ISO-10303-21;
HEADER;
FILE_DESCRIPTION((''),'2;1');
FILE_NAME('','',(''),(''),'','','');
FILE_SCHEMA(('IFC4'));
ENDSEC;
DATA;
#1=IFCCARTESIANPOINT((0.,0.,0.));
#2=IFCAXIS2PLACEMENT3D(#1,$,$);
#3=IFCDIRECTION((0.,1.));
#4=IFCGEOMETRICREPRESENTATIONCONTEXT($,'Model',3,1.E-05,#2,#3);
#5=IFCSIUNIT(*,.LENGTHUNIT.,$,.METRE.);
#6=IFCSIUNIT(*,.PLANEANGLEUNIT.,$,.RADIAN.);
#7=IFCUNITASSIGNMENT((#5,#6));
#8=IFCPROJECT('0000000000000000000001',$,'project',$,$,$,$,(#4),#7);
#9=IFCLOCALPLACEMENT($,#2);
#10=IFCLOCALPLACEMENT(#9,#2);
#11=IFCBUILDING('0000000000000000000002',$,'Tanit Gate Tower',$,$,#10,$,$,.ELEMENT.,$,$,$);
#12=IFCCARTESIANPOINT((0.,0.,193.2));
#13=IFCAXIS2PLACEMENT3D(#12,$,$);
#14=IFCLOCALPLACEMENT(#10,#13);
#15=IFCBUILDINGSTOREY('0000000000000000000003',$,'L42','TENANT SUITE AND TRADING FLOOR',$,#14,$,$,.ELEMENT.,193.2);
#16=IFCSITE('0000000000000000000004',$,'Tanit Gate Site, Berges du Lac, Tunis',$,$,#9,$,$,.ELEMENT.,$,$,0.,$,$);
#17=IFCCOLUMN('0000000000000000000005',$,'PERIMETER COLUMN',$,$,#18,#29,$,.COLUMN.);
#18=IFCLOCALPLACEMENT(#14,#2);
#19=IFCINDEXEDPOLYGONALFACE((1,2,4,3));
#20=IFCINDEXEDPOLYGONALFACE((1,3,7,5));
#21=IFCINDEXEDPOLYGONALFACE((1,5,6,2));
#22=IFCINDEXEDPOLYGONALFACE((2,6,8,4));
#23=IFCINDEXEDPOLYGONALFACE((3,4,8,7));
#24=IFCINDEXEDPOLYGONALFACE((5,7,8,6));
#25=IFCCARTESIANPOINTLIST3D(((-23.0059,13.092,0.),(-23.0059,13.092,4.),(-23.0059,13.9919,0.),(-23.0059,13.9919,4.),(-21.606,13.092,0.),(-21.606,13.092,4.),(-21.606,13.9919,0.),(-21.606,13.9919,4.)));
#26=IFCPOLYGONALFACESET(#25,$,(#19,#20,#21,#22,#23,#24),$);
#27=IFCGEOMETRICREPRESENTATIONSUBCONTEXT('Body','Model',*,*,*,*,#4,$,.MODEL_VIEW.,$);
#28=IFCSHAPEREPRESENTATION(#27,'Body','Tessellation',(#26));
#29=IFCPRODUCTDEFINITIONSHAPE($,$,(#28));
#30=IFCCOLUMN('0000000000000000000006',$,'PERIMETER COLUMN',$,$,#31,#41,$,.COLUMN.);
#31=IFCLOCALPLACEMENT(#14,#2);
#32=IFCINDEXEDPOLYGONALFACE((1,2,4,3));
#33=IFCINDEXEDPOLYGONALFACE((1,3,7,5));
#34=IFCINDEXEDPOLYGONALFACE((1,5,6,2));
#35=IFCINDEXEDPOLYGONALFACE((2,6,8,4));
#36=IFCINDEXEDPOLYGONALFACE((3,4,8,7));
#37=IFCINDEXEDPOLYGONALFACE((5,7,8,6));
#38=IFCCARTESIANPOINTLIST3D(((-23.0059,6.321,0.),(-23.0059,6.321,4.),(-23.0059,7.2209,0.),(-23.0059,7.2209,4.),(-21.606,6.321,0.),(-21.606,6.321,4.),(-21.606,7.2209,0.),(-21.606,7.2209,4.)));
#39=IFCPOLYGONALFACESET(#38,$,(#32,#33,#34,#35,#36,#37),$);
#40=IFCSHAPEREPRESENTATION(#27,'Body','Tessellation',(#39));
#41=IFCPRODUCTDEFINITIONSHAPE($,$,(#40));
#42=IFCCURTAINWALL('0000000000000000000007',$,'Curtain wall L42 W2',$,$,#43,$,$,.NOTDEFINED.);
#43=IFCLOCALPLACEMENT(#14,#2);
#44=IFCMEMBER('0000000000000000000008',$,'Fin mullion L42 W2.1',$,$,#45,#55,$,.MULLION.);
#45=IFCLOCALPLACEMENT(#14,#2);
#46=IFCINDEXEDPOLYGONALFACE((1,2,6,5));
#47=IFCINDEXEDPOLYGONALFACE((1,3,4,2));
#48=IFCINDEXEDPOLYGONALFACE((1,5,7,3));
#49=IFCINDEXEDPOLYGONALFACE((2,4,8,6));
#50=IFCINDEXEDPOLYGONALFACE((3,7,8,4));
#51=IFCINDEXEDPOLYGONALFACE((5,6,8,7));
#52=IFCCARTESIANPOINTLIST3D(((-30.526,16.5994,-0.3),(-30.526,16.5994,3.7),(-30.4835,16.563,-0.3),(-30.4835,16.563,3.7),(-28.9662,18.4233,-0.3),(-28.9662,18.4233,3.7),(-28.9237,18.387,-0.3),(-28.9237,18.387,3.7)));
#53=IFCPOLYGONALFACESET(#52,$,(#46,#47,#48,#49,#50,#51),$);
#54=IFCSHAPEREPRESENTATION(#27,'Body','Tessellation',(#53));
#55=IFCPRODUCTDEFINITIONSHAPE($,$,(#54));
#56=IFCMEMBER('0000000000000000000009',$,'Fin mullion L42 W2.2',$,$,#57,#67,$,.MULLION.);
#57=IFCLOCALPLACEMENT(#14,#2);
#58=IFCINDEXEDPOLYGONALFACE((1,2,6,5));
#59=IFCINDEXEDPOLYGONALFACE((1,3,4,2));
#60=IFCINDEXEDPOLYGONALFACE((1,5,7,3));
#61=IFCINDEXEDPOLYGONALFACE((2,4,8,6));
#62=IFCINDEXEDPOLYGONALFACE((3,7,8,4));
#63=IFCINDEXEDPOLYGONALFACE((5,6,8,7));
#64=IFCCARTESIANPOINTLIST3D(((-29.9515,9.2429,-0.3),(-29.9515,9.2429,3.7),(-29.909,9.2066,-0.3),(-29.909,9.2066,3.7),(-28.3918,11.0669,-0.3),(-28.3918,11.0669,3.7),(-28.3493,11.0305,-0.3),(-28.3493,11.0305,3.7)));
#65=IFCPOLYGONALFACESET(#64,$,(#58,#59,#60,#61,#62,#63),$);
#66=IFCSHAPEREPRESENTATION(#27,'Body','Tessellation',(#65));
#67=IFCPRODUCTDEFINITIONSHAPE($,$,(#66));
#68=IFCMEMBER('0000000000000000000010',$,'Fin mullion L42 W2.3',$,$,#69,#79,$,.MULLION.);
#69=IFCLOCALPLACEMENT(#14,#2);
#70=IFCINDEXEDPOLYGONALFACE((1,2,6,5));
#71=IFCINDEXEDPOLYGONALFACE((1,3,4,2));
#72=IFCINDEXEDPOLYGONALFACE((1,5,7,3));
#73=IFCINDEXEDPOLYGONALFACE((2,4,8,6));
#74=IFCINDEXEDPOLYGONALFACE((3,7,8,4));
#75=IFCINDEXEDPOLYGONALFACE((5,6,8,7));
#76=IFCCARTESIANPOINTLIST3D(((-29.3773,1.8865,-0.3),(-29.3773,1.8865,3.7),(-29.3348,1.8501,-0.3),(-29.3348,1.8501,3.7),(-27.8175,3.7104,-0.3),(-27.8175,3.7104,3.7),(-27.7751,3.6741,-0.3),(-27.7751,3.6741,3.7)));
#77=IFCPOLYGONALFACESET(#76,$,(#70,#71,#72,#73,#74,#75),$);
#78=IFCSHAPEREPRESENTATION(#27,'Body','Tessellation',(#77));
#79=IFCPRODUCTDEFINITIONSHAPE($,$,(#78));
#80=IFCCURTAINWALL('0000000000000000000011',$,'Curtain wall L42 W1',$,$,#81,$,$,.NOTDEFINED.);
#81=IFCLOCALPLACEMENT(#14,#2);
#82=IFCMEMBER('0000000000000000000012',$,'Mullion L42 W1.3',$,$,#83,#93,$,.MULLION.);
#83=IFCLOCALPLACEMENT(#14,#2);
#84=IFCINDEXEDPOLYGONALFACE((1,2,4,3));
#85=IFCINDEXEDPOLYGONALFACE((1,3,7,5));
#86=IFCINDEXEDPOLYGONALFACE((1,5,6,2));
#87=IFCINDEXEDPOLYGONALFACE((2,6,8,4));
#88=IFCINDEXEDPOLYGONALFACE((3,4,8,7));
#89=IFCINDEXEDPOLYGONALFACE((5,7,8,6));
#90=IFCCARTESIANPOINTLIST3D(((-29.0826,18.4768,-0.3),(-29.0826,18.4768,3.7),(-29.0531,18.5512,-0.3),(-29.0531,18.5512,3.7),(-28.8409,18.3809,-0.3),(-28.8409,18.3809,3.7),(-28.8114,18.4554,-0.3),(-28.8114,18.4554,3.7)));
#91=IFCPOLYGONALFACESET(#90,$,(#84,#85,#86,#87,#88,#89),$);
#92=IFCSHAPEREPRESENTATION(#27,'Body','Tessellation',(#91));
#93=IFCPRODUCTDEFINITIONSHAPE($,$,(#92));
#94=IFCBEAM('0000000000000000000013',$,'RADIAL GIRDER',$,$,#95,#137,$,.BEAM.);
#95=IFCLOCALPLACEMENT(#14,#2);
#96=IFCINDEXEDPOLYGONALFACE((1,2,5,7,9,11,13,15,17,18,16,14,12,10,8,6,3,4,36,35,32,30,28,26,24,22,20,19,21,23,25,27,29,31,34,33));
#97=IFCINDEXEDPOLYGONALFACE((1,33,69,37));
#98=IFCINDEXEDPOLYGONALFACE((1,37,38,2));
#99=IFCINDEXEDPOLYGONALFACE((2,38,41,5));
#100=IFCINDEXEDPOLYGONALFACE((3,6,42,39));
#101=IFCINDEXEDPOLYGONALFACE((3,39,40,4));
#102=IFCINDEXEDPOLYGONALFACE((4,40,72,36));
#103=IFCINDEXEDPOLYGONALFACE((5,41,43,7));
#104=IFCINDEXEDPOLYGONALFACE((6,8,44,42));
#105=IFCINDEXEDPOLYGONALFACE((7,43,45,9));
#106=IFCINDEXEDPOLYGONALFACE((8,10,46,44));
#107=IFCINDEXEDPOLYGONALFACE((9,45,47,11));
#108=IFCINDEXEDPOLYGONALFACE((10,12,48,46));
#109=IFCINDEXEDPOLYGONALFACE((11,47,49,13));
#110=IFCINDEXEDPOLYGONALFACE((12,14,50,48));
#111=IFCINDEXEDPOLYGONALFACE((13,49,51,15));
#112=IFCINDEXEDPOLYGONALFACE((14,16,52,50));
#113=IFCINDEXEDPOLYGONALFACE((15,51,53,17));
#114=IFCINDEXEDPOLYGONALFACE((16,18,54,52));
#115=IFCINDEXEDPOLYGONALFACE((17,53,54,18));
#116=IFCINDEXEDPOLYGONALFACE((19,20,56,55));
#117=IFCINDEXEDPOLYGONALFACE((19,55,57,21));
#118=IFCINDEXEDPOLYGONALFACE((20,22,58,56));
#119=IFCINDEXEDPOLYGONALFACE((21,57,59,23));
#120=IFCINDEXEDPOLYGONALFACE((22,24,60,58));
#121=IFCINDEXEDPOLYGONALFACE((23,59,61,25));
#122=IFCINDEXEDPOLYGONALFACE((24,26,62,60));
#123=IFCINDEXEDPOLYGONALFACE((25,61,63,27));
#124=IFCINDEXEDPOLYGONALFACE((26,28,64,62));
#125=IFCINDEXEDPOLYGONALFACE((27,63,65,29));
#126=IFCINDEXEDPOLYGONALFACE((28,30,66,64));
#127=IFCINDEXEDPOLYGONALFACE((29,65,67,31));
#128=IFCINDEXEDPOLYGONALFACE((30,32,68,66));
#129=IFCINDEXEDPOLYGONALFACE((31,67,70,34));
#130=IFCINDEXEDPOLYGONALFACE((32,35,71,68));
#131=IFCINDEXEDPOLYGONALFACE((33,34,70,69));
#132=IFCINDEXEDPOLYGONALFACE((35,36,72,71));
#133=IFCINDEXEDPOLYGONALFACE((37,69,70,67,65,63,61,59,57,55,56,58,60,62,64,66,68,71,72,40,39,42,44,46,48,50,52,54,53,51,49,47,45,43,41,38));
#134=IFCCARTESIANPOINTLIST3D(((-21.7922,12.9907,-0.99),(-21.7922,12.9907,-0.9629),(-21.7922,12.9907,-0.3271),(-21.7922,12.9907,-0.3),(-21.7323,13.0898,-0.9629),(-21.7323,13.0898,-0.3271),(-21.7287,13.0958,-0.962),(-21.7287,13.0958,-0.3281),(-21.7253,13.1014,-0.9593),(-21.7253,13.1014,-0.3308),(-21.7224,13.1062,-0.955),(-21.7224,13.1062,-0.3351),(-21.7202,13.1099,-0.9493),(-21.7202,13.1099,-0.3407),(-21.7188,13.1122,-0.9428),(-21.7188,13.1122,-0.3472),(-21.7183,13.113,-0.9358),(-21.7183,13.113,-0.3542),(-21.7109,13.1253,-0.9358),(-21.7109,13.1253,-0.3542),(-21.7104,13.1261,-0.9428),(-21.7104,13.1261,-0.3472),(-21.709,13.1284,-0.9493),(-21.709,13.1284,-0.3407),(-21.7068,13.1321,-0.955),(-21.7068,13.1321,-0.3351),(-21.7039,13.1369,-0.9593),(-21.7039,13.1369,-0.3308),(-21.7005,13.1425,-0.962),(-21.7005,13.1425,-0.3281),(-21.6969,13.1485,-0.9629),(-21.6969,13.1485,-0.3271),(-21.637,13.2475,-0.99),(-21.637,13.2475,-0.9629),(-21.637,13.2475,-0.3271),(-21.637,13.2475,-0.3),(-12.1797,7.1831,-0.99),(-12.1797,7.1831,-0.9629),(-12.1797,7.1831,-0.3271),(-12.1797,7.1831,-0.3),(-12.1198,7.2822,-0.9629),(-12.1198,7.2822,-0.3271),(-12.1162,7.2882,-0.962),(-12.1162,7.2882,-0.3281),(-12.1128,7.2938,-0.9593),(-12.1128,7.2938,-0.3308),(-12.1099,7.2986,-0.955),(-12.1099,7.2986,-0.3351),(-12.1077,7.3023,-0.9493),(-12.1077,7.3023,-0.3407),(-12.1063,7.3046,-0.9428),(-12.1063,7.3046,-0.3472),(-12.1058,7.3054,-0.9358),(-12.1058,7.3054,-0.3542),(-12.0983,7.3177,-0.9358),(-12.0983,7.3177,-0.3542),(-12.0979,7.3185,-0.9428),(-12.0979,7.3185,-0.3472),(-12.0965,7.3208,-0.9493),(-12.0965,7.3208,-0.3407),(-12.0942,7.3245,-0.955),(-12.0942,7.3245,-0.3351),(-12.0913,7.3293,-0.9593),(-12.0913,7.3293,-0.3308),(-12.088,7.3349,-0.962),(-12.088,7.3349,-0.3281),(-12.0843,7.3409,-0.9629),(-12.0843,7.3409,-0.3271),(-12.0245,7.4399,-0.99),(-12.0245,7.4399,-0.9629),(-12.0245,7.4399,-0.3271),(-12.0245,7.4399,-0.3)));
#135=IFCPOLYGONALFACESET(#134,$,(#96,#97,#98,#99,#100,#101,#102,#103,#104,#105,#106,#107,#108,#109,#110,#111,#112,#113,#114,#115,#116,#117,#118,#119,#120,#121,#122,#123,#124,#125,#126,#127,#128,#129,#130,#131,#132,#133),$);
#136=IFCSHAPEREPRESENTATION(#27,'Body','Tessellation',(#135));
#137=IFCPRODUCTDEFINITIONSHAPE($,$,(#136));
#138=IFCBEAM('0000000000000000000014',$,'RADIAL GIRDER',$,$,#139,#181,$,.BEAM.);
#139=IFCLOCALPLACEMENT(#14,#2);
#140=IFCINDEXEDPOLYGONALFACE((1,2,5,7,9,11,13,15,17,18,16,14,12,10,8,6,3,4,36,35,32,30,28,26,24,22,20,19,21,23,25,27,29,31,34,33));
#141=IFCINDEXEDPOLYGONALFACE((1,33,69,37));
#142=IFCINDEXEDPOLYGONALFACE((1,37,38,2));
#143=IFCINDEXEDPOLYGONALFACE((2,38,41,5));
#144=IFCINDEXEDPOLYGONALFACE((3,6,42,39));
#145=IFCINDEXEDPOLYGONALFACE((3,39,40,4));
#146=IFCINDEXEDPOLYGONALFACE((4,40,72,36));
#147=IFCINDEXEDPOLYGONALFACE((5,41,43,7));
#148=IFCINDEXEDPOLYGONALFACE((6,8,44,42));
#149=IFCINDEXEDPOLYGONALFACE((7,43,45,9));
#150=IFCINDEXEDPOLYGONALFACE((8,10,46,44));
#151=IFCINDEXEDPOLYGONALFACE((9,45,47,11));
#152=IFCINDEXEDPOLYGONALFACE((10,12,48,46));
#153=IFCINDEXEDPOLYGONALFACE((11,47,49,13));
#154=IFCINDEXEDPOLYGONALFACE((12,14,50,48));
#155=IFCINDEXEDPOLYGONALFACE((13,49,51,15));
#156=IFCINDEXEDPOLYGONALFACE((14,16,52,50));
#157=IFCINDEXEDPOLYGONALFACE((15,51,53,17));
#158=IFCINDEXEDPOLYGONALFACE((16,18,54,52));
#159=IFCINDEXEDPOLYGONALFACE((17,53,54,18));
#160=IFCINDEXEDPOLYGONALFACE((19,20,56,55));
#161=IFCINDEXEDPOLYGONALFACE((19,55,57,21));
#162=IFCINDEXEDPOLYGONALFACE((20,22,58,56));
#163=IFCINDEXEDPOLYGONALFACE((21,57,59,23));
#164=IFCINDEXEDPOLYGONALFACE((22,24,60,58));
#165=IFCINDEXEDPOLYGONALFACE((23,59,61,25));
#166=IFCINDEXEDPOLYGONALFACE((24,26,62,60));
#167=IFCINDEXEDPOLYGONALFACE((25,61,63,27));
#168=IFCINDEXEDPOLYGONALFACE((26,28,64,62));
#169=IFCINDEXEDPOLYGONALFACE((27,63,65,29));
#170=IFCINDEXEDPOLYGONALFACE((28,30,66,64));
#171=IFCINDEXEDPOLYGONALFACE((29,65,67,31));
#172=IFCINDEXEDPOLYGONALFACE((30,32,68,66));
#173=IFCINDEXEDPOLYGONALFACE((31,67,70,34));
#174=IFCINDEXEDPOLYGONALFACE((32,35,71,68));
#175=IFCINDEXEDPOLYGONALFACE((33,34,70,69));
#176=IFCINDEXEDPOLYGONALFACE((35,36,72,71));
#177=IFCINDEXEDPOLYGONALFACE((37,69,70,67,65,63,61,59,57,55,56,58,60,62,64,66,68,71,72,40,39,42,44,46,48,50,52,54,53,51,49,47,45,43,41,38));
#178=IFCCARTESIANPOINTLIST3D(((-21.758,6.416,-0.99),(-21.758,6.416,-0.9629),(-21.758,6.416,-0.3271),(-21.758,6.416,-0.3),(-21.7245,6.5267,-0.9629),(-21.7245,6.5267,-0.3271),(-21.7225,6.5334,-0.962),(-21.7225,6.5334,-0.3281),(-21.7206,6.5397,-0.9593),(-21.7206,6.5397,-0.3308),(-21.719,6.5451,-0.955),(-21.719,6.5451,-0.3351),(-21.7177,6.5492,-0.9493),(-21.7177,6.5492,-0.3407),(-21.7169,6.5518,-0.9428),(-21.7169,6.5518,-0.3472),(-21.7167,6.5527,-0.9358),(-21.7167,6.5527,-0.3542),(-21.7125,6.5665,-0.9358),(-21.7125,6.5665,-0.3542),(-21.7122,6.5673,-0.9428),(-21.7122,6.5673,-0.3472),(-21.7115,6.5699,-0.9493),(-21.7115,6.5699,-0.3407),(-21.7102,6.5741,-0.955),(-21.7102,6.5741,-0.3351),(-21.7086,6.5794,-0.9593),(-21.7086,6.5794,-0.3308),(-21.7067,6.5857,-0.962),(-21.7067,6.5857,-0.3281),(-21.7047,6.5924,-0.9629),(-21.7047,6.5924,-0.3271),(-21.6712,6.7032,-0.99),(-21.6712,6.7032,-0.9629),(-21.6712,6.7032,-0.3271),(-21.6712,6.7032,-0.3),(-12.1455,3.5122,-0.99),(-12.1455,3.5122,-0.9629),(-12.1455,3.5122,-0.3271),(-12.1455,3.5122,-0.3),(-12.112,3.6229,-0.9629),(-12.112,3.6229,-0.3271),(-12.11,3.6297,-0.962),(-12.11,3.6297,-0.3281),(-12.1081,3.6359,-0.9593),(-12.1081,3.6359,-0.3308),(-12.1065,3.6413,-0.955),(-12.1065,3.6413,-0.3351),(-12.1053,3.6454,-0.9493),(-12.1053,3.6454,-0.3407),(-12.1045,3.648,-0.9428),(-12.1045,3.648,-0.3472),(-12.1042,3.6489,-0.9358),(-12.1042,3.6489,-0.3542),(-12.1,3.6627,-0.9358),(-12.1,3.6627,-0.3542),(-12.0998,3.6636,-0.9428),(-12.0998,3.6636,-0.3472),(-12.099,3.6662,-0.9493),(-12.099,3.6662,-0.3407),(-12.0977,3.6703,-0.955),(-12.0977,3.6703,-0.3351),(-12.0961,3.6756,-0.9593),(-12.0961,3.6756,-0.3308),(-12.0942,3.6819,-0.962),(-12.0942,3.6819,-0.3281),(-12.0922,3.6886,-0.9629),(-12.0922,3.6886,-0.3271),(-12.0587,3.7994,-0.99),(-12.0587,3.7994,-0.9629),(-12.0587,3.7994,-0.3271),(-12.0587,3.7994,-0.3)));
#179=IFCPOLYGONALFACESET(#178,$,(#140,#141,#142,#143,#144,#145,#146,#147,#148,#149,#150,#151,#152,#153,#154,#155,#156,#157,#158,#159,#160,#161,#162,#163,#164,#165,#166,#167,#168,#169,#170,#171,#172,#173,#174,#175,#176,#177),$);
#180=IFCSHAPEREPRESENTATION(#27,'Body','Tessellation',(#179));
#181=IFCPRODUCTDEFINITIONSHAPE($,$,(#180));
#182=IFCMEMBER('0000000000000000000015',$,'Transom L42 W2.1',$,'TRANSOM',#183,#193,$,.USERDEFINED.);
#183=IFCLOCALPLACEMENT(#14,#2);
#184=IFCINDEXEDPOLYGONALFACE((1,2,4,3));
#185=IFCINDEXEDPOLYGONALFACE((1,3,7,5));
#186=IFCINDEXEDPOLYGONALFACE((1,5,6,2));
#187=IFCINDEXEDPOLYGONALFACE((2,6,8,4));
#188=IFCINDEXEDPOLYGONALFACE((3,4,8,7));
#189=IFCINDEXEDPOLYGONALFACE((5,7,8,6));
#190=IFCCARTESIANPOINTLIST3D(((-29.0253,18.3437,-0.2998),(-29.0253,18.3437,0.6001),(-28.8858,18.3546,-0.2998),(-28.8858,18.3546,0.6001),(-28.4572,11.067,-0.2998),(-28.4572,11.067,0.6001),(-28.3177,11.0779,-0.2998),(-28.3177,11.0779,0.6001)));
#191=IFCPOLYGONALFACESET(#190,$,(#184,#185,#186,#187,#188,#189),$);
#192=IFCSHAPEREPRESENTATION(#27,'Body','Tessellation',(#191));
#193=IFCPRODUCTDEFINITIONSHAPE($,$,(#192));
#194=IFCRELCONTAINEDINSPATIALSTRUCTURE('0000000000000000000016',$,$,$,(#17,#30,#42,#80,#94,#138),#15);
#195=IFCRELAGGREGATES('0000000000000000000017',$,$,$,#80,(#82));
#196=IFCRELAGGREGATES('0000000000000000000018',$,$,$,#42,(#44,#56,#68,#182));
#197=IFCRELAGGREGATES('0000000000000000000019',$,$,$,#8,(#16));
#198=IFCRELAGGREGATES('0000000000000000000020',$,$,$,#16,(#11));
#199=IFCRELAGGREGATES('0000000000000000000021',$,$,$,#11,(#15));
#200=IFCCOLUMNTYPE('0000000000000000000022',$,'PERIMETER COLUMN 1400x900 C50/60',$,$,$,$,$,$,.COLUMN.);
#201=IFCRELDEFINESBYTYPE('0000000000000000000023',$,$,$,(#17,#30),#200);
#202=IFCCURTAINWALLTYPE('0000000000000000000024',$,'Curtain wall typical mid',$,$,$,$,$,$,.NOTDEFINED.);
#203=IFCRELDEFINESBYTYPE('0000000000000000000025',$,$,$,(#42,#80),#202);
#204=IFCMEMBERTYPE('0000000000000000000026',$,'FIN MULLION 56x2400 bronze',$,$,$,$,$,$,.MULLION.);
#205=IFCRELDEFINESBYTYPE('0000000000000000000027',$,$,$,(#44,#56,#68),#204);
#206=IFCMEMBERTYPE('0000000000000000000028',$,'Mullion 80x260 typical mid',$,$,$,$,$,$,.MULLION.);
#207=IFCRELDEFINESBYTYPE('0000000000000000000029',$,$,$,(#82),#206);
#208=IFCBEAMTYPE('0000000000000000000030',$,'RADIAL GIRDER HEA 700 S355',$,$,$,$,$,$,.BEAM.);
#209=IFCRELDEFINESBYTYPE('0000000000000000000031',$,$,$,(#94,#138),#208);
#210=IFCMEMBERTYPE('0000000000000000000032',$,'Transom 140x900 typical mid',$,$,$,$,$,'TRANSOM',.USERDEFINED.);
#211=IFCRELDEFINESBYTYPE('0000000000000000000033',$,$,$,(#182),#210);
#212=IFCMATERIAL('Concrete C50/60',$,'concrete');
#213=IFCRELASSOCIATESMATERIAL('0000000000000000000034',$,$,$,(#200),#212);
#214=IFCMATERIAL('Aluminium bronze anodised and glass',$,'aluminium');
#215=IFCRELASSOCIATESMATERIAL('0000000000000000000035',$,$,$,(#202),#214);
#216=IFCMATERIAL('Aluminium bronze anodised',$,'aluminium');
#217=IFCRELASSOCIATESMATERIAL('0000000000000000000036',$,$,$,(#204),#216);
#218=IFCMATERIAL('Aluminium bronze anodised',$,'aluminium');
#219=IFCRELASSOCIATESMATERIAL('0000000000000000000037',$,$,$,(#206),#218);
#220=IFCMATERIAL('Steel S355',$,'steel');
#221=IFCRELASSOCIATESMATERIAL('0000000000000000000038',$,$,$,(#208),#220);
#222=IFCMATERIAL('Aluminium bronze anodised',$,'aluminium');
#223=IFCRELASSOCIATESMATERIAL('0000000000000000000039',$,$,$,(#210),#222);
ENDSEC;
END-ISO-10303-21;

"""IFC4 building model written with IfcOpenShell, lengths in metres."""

from ifc_helpers import new_model, si_unit, direction, frame, origin, origin_2d, place, context, subcontext, project, spatial, rectangle, i_section, extrude, material, material_profile, profile_set, type_object, element, aggregate, save


model = new_model("IFC4")

# Units and contexts
model_context = context("Model", 3, precision=1e-05, world=origin(), true_north=direction((0.0, 1.0)))
body_context = subcontext(model_context, "Body", "Model", "MODEL_VIEW")
ifc_project = project(units=[si_unit("LENGTHUNIT", "METRE"), si_unit("PLANEANGLEUNIT", "RADIAN")], contexts=[model_context])

# Site, building, storey
site_placement = place(None, origin())
site = spatial("IfcSite", under=ifc_project, at=site_placement, Name="Tanit Gate Site, Berges du Lac, Tunis", CompositionType="ELEMENT", RefElevation=0.0)
building_placement = place(site_placement, origin())
building = spatial("IfcBuilding", under=site, at=building_placement, Name="Tanit Gate Tower", CompositionType="ELEMENT")
storey_placement = place(building_placement, frame((0.0, 0.0, 193.2)))
storey = spatial("IfcBuildingStorey", under=building, at=storey_placement, Name="L42", Description="TENANT SUITE AND TRADING FLOOR", CompositionType="ELEMENT", Elevation=193.2)

# Columns
ifc_material_1 = material(Name="Concrete C50/60", Category="concrete")
ifc_material_profile_1 = material_profile(ifc_material_1, rectangle(XDim=1.3999, YDim=0.8999, at=origin_2d()), Name="RC 1400x900")
ifc_profile_set_1 = profile_set([ifc_material_profile_1], Name="Concrete C50/60")
column_type = type_object("IfcColumnType", Name="PERIMETER COLUMN 1400x900 C50/60", PredefinedType="COLUMN", material=ifc_profile_set_1)
for number, where, z_axis, x_axis, name in (
    (1, (-22.3059, 13.542, 0.0), (0.0, 0.0, 1.0), (-1.0, 0.0, 0.0), "PERIMETER COLUMN"),
    (2, (-22.3059, 6.771, 0.0), (0.0, 0.0, 1.0), (-1.0, 0.0, 0.0), "PERIMETER COLUMN"),
):
    element("IfcColumn", number, at=place(storey_placement, frame(where, z_axis=z_axis, x_axis=x_axis)), inside=storey, type_object=column_type, Name=name, PredefinedType="COLUMN", context=body_context, shape_type="SweptSolid", body=[
        extrude(rectangle(XDim=1.3999, YDim=0.8999, at=origin_2d()), origin(), (0.0, 0.0, 1.0), 4.0),
    ])

# Curtain wall, members
ifc_material_2 = material(Name="Aluminium bronze anodised and glass", Category="aluminium")
curtain_wall_type = type_object("IfcCurtainWallType", Name="Curtain wall typical mid", PredefinedType="NOTDEFINED", material=ifc_material_2)
curtain_wall_1_placement = place(storey_placement, origin())
curtain_wall_1 = element("IfcCurtainWall", 3, at=curtain_wall_1_placement, inside=storey, type_object=curtain_wall_type, Name="Curtain wall L42 W2", PredefinedType="NOTDEFINED")
ifc_material_3 = material(Name="Aluminium bronze anodised", Category="aluminium")
ifc_material_profile_2 = material_profile(ifc_material_3, rectangle(XDim=2.3999, YDim=0.0559, at=origin_2d()), Name="56x2400 bronze fin mullion")
ifc_profile_set_2 = profile_set([ifc_material_profile_2], Name="Aluminium bronze anodised")
member_type_1 = type_object("IfcMemberType", Name="FIN MULLION 56x2400 bronze", PredefinedType="MULLION", material=ifc_profile_set_2)
member_1_placement = place(storey_placement, frame((-29.7249, 17.4932, -0.3), z_axis=(0.0, 0.0, 1.0), x_axis=(0.649921, 0.760002, 0.0)))
member_1 = element("IfcMember", 4, at=member_1_placement, type_object=member_type_1, Name="Fin mullion L42 W2.1", PredefinedType="MULLION", context=body_context, shape_type="SweptSolid", body=[
    extrude(rectangle(XDim=2.3999, YDim=0.0559, at=origin_2d()), origin(), (0.0, 0.0, 1.0), 4.0),
])
member_2_placement = place(storey_placement, frame((-29.1504, 10.1367, -0.3), z_axis=(0.0, 0.0, 1.0), x_axis=(0.649921, 0.760002, 0.0)))
member_2 = element("IfcMember", 5, at=member_2_placement, type_object=member_type_1, Name="Fin mullion L42 W2.2", PredefinedType="MULLION", context=body_context, shape_type="SweptSolid", body=[
    extrude(rectangle(XDim=2.3999, YDim=0.0559, at=origin_2d()), origin(), (0.0, 0.0, 1.0), 4.0),
])
member_3_placement = place(storey_placement, frame((-28.5762, 2.7803, -0.3), z_axis=(0.0, 0.0, 1.0), x_axis=(0.649921, 0.760002, 0.0)))
member_3 = element("IfcMember", 6, at=member_3_placement, type_object=member_type_1, Name="Fin mullion L42 W2.3", PredefinedType="MULLION", context=body_context, shape_type="SweptSolid", body=[
    extrude(rectangle(XDim=2.3999, YDim=0.0559, at=origin_2d()), origin(), (0.0, 0.0, 1.0), 4.0),
])

# Curtain wall, member
curtain_wall_2_placement = place(storey_placement, origin())
curtain_wall_2 = element("IfcCurtainWall", 7, at=curtain_wall_2_placement, inside=storey, type_object=curtain_wall_type, Name="Curtain wall L42 W1", PredefinedType="NOTDEFINED")
ifc_material_4 = material(Name="Aluminium bronze anodised", Category="aluminium")
ifc_material_profile_3 = material_profile(ifc_material_4, rectangle(XDim=0.26, YDim=0.0801, at=origin_2d()), Name="80x260 bronze mullion")
ifc_profile_set_3 = profile_set([ifc_material_profile_3], Name="Aluminium bronze anodised")
member_type_2 = type_object("IfcMemberType", Name="Mullion 80x260 typical mid", PredefinedType="MULLION", material=ifc_profile_set_3)
member_4_placement = place(storey_placement, frame((-28.947, 18.4661, -0.3), z_axis=(0.0, 0.0, 1.0), x_axis=(0.929554, -0.368686, 0.0)))
member_4 = element("IfcMember", 8, at=member_4_placement, type_object=member_type_2, Name="Mullion L42 W1.3", PredefinedType="MULLION", context=body_context, shape_type="SweptSolid", body=[
    extrude(rectangle(XDim=0.26, YDim=0.0801, at=origin_2d()), origin(), (0.0, 0.0, 1.0), 4.0),
])
aggregate(curtain_wall_2, [member_4])

# Beams
ifc_material_5 = material(Name="Steel S355", Category="steel")
ifc_material_profile_4 = material_profile(ifc_material_5, i_section(OverallWidth=0.3, OverallDepth=0.6899, WebThickness=0.0144, FlangeThickness=0.0271, FilletRadius=0.0271, at=origin_2d()), Name="HEA 700")
ifc_profile_set_4 = profile_set([ifc_material_profile_4], Name="Steel S355")
beam_type = type_object("IfcBeamType", Name="RADIAL GIRDER HEA 700 S355", PredefinedType="BEAM", material=ifc_profile_set_4)
beam_1_placement = place(storey_placement, frame((-21.7146, 13.1191, -0.645), z_axis=(0.855914, -0.517118, 0.0), x_axis=(0.517118, 0.855914, 0.0)))
element("IfcBeam", 9, at=beam_1_placement, inside=storey, type_object=beam_type, Name="RADIAL GIRDER", PredefinedType="BEAM", context=body_context, shape_type="SweptSolid", body=[
    extrude(i_section(OverallWidth=0.3, OverallDepth=0.6899, WebThickness=0.0144, FlangeThickness=0.0271, FilletRadius=0.0271, at=origin_2d()), origin(), (0.0, 0.0, 1.0), 11.2307),
])
beam_2_placement = place(storey_placement, frame((-21.7146, 6.5596, -0.645), z_axis=(0.957275, -0.289179, 0.0), x_axis=(0.289179, 0.957275, 0.0)))
element("IfcBeam", 10, at=beam_2_placement, inside=storey, type_object=beam_type, Name="RADIAL GIRDER", PredefinedType="BEAM", context=body_context, shape_type="SweptSolid", body=[
    extrude(i_section(OverallWidth=0.3, OverallDepth=0.6899, WebThickness=0.0144, FlangeThickness=0.0271, FilletRadius=0.0271, at=origin_2d()), origin(), (0.0, 0.0, 1.0), 10.0415),
])

# Member
ifc_material_6 = material(Name="Aluminium bronze anodised", Category="aluminium")
ifc_material_profile_5 = material_profile(ifc_material_6, rectangle(XDim=0.1399, YDim=0.8999, at=origin_2d()), Name="140x900 bronze transom")
ifc_profile_set_5 = profile_set([ifc_material_profile_5], Name="Aluminium bronze anodised")
member_type_3 = type_object("IfcMemberType", Name="Transom 140x900 typical mid", ElementType="TRANSOM", PredefinedType="USERDEFINED", material=ifc_profile_set_5)
member_5_placement = place(storey_placement, frame((-28.9556, 18.3491, 0.1501), z_axis=(0.077837, -0.996966, 0.0), x_axis=(0.996966, 0.077837, 0.0)))
member_5 = element("IfcMember", 11, at=member_5_placement, type_object=member_type_3, Name="Transom L42 W2.1", ObjectType="TRANSOM", PredefinedType="USERDEFINED", context=body_context, shape_type="SweptSolid", body=[
    extrude(rectangle(XDim=0.1399, YDim=0.8999, at=origin_2d()), origin(), (0.0, 0.0, 1.0), 7.2988),
])

aggregate(curtain_wall_1, [member_1, member_2, member_3, member_5])

save(model, "model.ifc")
